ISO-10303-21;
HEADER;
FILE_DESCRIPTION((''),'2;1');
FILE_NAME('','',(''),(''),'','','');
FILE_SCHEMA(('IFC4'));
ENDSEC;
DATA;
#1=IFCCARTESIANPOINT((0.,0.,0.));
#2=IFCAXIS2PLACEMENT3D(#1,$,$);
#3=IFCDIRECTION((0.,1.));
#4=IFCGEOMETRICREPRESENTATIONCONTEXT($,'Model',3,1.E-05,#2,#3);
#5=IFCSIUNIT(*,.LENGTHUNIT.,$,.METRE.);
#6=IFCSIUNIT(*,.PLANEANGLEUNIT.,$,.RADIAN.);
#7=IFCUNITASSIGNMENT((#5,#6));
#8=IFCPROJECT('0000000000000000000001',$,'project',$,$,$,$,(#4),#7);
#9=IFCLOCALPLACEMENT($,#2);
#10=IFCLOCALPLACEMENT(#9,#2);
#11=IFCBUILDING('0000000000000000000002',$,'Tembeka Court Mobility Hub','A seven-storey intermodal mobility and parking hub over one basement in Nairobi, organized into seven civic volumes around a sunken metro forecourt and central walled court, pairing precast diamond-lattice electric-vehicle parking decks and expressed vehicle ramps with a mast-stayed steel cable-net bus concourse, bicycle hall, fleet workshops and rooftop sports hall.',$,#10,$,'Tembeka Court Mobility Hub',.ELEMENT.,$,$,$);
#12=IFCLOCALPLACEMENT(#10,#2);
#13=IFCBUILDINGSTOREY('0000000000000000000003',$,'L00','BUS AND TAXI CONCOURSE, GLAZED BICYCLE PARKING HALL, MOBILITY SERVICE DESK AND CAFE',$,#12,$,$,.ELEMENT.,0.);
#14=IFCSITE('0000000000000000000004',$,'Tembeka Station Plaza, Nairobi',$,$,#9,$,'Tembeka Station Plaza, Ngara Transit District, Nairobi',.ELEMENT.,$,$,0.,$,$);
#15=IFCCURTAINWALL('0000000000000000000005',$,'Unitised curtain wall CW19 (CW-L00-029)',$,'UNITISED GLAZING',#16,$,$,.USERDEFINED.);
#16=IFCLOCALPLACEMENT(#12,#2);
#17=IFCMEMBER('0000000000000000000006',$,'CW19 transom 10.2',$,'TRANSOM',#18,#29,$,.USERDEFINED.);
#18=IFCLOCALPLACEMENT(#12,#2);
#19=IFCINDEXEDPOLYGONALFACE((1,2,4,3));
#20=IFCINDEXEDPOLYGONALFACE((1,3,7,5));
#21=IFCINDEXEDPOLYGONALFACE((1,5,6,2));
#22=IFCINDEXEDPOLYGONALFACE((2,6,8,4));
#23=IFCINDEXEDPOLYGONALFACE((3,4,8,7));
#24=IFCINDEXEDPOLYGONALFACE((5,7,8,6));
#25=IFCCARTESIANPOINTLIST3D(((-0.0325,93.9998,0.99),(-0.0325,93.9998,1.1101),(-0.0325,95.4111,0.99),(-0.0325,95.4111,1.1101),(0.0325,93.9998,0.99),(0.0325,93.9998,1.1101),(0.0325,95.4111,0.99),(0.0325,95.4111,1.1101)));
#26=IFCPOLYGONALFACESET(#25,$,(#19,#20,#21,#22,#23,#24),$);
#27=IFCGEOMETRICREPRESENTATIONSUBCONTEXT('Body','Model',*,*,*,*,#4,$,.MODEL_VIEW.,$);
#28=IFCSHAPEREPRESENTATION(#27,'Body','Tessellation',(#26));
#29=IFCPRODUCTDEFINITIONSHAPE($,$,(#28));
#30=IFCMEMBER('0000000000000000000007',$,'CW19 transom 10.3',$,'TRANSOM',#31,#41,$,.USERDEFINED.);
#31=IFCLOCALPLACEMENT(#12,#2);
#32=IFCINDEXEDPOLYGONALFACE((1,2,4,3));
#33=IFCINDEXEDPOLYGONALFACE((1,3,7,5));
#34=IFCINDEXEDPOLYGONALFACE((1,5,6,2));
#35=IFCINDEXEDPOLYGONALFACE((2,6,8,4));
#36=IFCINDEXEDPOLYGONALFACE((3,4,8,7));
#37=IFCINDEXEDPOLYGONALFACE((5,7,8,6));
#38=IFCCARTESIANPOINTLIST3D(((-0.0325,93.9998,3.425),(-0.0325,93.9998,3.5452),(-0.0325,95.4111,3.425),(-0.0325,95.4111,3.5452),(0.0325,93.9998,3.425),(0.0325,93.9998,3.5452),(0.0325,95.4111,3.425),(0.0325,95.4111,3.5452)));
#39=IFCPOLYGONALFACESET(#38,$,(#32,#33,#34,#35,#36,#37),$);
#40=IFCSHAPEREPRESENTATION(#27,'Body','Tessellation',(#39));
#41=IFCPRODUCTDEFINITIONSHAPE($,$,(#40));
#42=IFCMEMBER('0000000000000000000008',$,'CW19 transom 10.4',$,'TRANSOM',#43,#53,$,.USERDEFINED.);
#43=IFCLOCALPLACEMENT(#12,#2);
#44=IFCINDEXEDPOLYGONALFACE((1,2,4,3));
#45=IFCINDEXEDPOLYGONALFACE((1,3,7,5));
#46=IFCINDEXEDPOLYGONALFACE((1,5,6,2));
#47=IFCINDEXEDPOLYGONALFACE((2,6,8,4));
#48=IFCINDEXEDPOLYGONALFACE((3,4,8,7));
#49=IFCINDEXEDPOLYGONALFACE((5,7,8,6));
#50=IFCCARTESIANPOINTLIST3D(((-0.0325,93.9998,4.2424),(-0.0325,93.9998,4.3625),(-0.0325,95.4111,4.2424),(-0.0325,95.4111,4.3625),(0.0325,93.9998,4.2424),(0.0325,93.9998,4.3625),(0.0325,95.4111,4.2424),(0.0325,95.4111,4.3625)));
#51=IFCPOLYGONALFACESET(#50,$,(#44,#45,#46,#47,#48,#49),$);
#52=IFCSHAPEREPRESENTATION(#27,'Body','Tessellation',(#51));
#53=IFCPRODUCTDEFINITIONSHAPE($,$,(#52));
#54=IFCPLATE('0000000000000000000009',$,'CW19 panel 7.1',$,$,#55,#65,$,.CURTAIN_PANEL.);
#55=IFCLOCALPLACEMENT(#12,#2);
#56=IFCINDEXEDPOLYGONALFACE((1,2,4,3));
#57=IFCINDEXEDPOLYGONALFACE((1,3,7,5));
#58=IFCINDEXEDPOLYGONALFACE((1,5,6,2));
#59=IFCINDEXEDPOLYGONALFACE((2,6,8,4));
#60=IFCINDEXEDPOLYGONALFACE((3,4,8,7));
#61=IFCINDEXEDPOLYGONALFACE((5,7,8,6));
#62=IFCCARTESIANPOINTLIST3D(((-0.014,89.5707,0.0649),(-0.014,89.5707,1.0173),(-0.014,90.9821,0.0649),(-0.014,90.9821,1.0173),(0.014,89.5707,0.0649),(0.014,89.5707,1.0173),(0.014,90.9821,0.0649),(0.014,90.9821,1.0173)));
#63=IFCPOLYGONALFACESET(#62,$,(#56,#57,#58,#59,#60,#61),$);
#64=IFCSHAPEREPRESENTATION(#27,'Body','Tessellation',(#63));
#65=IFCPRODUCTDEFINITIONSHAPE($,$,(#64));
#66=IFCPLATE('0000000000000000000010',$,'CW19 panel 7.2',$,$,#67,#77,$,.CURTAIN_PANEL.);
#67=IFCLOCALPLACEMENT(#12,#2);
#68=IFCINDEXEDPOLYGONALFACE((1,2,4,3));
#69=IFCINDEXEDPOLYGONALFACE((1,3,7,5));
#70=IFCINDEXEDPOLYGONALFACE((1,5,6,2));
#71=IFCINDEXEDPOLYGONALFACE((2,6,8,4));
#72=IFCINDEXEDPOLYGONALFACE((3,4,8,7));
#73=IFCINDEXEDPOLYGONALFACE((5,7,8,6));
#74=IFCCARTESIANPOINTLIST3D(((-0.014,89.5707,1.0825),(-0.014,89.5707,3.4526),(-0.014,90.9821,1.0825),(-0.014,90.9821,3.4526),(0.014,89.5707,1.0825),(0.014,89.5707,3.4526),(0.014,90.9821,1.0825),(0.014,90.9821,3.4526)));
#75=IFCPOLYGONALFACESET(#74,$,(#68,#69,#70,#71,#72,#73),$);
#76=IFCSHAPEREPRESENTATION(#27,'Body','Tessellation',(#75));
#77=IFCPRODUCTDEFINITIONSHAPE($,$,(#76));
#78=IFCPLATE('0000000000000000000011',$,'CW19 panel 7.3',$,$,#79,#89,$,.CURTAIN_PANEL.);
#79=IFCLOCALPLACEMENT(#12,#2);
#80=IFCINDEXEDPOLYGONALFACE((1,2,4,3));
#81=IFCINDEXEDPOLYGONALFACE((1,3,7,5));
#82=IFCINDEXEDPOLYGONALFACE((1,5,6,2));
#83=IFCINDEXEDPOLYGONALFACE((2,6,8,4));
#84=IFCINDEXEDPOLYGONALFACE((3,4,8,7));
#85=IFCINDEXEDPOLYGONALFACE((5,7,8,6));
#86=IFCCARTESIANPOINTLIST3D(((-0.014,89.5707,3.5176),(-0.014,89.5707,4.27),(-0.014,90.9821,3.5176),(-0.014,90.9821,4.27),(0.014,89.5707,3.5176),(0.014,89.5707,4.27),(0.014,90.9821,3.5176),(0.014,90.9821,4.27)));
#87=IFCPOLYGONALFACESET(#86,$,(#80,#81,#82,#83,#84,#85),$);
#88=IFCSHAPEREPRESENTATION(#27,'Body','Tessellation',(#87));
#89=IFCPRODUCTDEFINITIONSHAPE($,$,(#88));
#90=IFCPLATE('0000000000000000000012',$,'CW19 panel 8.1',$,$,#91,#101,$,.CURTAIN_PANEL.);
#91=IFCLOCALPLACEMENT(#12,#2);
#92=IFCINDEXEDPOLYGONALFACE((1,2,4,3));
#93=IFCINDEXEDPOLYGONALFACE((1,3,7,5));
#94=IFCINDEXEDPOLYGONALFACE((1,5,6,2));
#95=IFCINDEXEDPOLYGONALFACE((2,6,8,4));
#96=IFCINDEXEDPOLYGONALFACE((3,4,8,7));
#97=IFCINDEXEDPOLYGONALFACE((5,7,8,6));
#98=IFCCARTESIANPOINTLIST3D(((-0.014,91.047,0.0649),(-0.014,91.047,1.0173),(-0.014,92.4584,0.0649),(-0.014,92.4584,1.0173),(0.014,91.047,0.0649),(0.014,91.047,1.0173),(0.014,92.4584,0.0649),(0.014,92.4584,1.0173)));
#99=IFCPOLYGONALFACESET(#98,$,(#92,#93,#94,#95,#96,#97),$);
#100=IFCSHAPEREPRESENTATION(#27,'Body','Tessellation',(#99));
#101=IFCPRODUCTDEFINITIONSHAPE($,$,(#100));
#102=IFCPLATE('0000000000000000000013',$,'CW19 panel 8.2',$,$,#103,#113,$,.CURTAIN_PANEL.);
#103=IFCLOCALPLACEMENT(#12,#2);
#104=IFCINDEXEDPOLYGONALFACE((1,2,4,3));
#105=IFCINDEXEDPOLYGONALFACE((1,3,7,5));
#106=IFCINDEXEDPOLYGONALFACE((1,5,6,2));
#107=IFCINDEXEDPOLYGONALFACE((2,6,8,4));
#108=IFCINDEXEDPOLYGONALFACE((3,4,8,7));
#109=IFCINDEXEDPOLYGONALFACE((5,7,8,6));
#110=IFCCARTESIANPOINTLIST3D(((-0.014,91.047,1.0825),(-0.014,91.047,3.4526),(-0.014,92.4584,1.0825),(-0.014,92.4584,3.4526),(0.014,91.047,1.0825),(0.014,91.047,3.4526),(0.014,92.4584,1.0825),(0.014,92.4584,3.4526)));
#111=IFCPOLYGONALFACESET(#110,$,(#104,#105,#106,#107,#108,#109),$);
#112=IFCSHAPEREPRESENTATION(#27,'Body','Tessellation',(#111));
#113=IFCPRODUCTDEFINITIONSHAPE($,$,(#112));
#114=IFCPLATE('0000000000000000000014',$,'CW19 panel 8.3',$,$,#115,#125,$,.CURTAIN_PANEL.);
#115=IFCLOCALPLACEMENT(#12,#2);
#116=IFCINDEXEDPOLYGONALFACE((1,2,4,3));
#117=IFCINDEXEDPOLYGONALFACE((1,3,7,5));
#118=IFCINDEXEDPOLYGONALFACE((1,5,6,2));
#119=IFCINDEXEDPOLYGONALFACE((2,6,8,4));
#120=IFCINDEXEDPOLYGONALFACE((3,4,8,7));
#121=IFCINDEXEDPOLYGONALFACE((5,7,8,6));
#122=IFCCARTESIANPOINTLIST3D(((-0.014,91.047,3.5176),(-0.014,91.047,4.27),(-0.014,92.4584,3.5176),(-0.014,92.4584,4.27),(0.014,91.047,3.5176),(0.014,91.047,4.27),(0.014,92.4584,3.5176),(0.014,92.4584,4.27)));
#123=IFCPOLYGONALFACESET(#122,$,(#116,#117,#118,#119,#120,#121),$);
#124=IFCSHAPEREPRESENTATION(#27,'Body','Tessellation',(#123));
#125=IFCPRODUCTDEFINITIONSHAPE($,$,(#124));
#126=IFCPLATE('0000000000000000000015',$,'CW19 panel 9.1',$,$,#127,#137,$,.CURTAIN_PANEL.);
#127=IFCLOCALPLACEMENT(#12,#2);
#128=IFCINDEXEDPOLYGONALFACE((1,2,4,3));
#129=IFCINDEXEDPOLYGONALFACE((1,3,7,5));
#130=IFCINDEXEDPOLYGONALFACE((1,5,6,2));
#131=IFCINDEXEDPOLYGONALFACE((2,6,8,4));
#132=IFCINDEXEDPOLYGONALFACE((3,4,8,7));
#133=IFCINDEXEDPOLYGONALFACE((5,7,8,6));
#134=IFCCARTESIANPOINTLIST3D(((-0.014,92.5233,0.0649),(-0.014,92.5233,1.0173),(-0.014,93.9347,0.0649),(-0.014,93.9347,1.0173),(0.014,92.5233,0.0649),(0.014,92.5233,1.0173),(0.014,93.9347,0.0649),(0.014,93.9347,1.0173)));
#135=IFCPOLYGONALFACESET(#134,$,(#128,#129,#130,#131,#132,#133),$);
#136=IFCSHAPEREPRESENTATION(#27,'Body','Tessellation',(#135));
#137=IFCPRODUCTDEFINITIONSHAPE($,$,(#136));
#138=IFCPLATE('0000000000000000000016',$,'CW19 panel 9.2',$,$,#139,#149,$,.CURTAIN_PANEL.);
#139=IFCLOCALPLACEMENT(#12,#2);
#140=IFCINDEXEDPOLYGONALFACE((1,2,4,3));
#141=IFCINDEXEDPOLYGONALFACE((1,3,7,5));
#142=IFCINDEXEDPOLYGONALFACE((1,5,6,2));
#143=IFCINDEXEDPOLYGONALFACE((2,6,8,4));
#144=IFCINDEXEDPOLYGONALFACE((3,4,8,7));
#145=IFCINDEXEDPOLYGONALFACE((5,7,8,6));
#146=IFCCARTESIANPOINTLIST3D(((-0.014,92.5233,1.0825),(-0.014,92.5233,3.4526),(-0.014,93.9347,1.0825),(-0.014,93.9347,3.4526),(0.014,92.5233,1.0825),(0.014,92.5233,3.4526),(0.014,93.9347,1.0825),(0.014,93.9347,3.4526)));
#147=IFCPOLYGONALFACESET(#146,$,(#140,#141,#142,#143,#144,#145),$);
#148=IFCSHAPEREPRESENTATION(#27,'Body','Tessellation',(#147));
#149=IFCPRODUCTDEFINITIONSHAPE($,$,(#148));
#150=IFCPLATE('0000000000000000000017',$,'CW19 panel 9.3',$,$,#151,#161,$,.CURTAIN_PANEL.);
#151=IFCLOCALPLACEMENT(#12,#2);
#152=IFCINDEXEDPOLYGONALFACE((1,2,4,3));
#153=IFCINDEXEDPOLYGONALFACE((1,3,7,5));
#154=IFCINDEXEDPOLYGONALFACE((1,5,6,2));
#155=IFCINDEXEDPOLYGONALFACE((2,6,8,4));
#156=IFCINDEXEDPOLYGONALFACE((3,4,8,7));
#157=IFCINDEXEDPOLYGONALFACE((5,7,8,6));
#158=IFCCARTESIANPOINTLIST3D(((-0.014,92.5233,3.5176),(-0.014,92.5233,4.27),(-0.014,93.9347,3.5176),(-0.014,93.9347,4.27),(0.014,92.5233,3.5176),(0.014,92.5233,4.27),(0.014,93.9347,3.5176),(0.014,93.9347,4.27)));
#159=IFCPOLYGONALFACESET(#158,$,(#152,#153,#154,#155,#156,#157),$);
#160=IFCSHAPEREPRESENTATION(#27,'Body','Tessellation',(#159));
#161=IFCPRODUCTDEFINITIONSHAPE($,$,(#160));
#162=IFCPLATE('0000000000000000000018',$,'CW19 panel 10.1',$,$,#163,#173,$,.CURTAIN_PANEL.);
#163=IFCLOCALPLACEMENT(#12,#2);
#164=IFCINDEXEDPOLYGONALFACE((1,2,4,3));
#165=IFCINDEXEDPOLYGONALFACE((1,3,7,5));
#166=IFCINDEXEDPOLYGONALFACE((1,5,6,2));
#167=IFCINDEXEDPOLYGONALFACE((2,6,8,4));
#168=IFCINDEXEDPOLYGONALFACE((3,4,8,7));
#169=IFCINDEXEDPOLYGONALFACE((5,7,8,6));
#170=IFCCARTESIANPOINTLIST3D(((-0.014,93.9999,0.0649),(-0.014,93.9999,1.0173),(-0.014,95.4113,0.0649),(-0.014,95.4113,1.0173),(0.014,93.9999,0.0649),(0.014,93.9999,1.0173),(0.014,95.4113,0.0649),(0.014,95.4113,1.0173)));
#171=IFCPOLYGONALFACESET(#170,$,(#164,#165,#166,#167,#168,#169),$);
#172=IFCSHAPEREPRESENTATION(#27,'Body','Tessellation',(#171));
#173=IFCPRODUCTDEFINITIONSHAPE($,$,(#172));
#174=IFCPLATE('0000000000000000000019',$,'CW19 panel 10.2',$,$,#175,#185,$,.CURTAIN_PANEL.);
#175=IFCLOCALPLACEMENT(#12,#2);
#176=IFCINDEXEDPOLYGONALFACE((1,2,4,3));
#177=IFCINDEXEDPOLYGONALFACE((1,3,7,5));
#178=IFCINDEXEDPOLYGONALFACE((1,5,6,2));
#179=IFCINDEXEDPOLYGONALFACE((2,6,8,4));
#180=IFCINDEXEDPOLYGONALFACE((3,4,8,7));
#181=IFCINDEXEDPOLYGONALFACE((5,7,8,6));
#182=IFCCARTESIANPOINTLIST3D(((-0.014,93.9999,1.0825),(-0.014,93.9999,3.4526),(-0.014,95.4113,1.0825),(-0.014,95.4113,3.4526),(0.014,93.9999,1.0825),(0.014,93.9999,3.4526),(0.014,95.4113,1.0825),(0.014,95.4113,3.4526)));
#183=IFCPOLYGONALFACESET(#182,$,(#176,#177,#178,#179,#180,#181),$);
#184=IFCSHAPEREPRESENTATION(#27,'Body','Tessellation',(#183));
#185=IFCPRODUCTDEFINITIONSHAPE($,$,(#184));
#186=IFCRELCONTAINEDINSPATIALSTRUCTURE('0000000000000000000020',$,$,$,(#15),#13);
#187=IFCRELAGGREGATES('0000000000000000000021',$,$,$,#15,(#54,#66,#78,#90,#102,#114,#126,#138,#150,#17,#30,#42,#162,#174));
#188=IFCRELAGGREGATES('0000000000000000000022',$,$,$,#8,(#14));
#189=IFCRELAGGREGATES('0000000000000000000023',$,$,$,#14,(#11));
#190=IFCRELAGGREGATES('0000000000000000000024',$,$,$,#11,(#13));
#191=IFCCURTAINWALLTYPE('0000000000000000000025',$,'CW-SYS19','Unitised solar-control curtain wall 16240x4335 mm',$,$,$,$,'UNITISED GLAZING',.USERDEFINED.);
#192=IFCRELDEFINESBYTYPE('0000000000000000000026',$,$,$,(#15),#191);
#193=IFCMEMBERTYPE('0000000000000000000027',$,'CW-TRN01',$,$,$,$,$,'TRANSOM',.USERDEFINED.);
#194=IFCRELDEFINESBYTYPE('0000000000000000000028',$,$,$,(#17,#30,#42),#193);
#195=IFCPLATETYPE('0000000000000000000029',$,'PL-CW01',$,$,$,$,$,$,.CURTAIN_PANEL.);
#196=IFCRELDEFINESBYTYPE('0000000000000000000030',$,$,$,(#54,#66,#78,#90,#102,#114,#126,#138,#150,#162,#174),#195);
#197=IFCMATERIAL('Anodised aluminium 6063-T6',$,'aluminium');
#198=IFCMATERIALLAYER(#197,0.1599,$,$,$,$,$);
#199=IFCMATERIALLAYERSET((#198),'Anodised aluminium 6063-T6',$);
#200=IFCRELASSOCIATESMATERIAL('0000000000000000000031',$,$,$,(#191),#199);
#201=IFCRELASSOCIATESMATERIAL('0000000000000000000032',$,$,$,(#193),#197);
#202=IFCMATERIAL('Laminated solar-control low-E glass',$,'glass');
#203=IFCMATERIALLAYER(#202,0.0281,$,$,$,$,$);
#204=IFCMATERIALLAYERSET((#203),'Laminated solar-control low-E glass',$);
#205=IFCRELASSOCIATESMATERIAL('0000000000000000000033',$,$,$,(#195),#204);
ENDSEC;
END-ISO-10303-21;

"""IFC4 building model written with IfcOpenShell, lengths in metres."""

from ifc_helpers import new_model, si_unit, direction, frame, origin, origin_2d, place, context, subcontext, project, spatial, rectangle, extrude, material, layer, layer_set, material_profile, profile_set, type_object, element, aggregate, save


model = new_model("IFC4")

# Units and contexts
model_context = context("Model", 3, precision=1e-05, world=origin(), true_north=direction((0.0, 1.0)))
body_context = subcontext(model_context, "Body", "Model", "MODEL_VIEW")
ifc_project = project(units=[si_unit("LENGTHUNIT", "METRE"), si_unit("PLANEANGLEUNIT", "RADIAN")], contexts=[model_context])

# Site, building, storey
site_placement = place(None, origin())
site = spatial("IfcSite", under=ifc_project, at=site_placement, Name="Tembeka Station Plaza, Nairobi", LongName="Tembeka Station Plaza, Ngara Transit District, Nairobi", CompositionType="ELEMENT", RefElevation=0.0)
building_placement = place(site_placement, origin())
building = spatial("IfcBuilding", under=site, at=building_placement, Name="Tembeka Court Mobility Hub", Description="A seven-storey intermodal mobility and parking hub over one basement in Nairobi, organized into seven civic volumes around a sunken metro forecourt and central walled court, pairing precast diamond-lattice electric-vehicle parking decks and expressed vehicle ramps with a mast-stayed steel cable-net bus concourse, bicycle hall, fleet workshops and rooftop sports hall.", LongName="Tembeka Court Mobility Hub", CompositionType="ELEMENT")
storey_placement = place(building_placement, origin())
storey = spatial("IfcBuildingStorey", under=building, at=storey_placement, Name="L00", Description="BUS AND TAXI CONCOURSE, GLAZED BICYCLE PARKING HALL, MOBILITY SERVICE DESK AND CAFE", CompositionType="ELEMENT", Elevation=0.0)

# Curtain wall, members, plates
ifc_material_1 = material(Name="Anodised aluminium 6063-T6", Category="aluminium")
ifc_layer_1 = layer(ifc_material_1, 0.1599)
ifc_layer_set_1 = layer_set([ifc_layer_1], Name="Anodised aluminium 6063-T6")
curtain_wall_type = type_object("IfcCurtainWallType", Name="CW-SYS19", Description="Unitised solar-control curtain wall 16240x4335 mm", ElementType="UNITISED GLAZING", PredefinedType="USERDEFINED", material=ifc_layer_set_1)
curtain_wall_placement = place(storey_placement, origin())
curtain_wall = element("IfcCurtainWall", 1, at=curtain_wall_placement, inside=storey, type_object=curtain_wall_type, Name="Unitised curtain wall CW19 (CW-L00-029)", ObjectType="UNITISED GLAZING", PredefinedType="USERDEFINED")
ifc_material_profile_1 = material_profile(ifc_material_1, rectangle(XDim=0.0649, YDim=0.1201, at=origin_2d()), Name="ALU-TRN 65x120")
ifc_profile_set_1 = profile_set([ifc_material_profile_1], Name="Anodised aluminium 6063-T6")
member_type_1 = type_object("IfcMemberType", Name="CW-TRN01", ElementType="TRANSOM", PredefinedType="USERDEFINED", material=ifc_profile_set_1)
member_1_placement = place(storey_placement, frame((0.0, 93.9998, 1.05), z_axis=(0.0, 1.0, 0.0), x_axis=(-1.0, 0.0, 0.0)))
member_1 = element("IfcMember", 2, at=member_1_placement, type_object=member_type_1, Name="CW19 transom 10.2", ObjectType="TRANSOM", PredefinedType="USERDEFINED", context=body_context, shape_type="SweptSolid", body=[
    extrude(rectangle(XDim=0.0649, YDim=0.1201, at=origin_2d()), origin(), (0.0, 0.0, 1.0), 1.4114),
])
member_2_placement = place(storey_placement, frame((0.0, 93.9998, 3.4851), z_axis=(0.0, 1.0, 0.0), x_axis=(-1.0, 0.0, 0.0)))
member_2 = element("IfcMember", 3, at=member_2_placement, type_object=member_type_1, Name="CW19 transom 10.3", ObjectType="TRANSOM", PredefinedType="USERDEFINED", context=body_context, shape_type="SweptSolid", body=[
    extrude(rectangle(XDim=0.0649, YDim=0.1201, at=origin_2d()), origin(), (0.0, 0.0, 1.0), 1.4114),
])
member_3_placement = place(storey_placement, frame((0.0, 93.9998, 4.3025), z_axis=(0.0, 1.0, 0.0), x_axis=(-1.0, 0.0, 0.0)))
member_3 = element("IfcMember", 4, at=member_3_placement, type_object=member_type_1, Name="CW19 transom 10.4", ObjectType="TRANSOM", PredefinedType="USERDEFINED", context=body_context, shape_type="SweptSolid", body=[
    extrude(rectangle(XDim=0.0649, YDim=0.1201, at=origin_2d()), origin(), (0.0, 0.0, 1.0), 1.4114),
])
ifc_material_2 = material(Name="Laminated solar-control low-E glass", Category="glass")
ifc_layer_2 = layer(ifc_material_2, 0.0281)
ifc_layer_set_2 = layer_set([ifc_layer_2], Name="Laminated solar-control low-E glass")
plate_type = type_object("IfcPlateType", Name="PL-CW01", PredefinedType="CURTAIN_PANEL", material=ifc_layer_set_2)
plate_1_placement = place(storey_placement, frame((0.0, 90.2764, 0.0649), z_axis=(0.0, 0.0, 1.0), x_axis=(0.0, 1.0, 0.0)))
plate_1 = element("IfcPlate", 5, at=plate_1_placement, type_object=plate_type, Name="CW19 panel 7.1", PredefinedType="CURTAIN_PANEL", context=body_context, shape_type="SweptSolid", body=[
    extrude(rectangle(XDim=1.4114, YDim=0.0281, at=origin_2d()), origin(), (0.0, 0.0, 1.0), 0.9524),
])
plate_2_placement = place(storey_placement, frame((0.0, 90.2764, 1.0825), z_axis=(0.0, 0.0, 1.0), x_axis=(0.0, 1.0, 0.0)))
plate_2 = element("IfcPlate", 6, at=plate_2_placement, type_object=plate_type, Name="CW19 panel 7.2", PredefinedType="CURTAIN_PANEL", context=body_context, shape_type="SweptSolid", body=[
    extrude(rectangle(XDim=1.4114, YDim=0.0281, at=origin_2d()), origin(), (0.0, 0.0, 1.0), 2.3701),
])
plate_3_placement = place(storey_placement, frame((0.0, 90.2764, 3.5176), z_axis=(0.0, 0.0, 1.0), x_axis=(0.0, 1.0, 0.0)))
plate_3 = element("IfcPlate", 7, at=plate_3_placement, type_object=plate_type, Name="CW19 panel 7.3", PredefinedType="CURTAIN_PANEL", context=body_context, shape_type="SweptSolid", body=[
    extrude(rectangle(XDim=1.4114, YDim=0.0281, at=origin_2d()), origin(), (0.0, 0.0, 1.0), 0.7524),
])
plate_4_placement = place(storey_placement, frame((0.0, 91.7527, 0.0649), z_axis=(0.0, 0.0, 1.0), x_axis=(0.0, 1.0, 0.0)))
plate_4 = element("IfcPlate", 8, at=plate_4_placement, type_object=plate_type, Name="CW19 panel 8.1", PredefinedType="CURTAIN_PANEL", context=body_context, shape_type="SweptSolid", body=[
    extrude(rectangle(XDim=1.4114, YDim=0.0281, at=origin_2d()), origin(), (0.0, 0.0, 1.0), 0.9524),
])
plate_5_placement = place(storey_placement, frame((0.0, 91.7527, 1.0825), z_axis=(0.0, 0.0, 1.0), x_axis=(0.0, 1.0, 0.0)))
plate_5 = element("IfcPlate", 9, at=plate_5_placement, type_object=plate_type, Name="CW19 panel 8.2", PredefinedType="CURTAIN_PANEL", context=body_context, shape_type="SweptSolid", body=[
    extrude(rectangle(XDim=1.4114, YDim=0.0281, at=origin_2d()), origin(), (0.0, 0.0, 1.0), 2.3701),
])
plate_6_placement = place(storey_placement, frame((0.0, 91.7527, 3.5176), z_axis=(0.0, 0.0, 1.0), x_axis=(0.0, 1.0, 0.0)))
plate_6 = element("IfcPlate", 10, at=plate_6_placement, type_object=plate_type, Name="CW19 panel 8.3", PredefinedType="CURTAIN_PANEL", context=body_context, shape_type="SweptSolid", body=[
    extrude(rectangle(XDim=1.4114, YDim=0.0281, at=origin_2d()), origin(), (0.0, 0.0, 1.0), 0.7524),
])
plate_7_placement = place(storey_placement, frame((0.0, 93.229, 0.0649), z_axis=(0.0, 0.0, 1.0), x_axis=(0.0, 1.0, 0.0)))
plate_7 = element("IfcPlate", 11, at=plate_7_placement, type_object=plate_type, Name="CW19 panel 9.1", PredefinedType="CURTAIN_PANEL", context=body_context, shape_type="SweptSolid", body=[
    extrude(rectangle(XDim=1.4114, YDim=0.0281, at=origin_2d()), origin(), (0.0, 0.0, 1.0), 0.9524),
])
plate_8_placement = place(storey_placement, frame((0.0, 93.229, 1.0825), z_axis=(0.0, 0.0, 1.0), x_axis=(0.0, 1.0, 0.0)))
plate_8 = element("IfcPlate", 12, at=plate_8_placement, type_object=plate_type, Name="CW19 panel 9.2", PredefinedType="CURTAIN_PANEL", context=body_context, shape_type="SweptSolid", body=[
    extrude(rectangle(XDim=1.4114, YDim=0.0281, at=origin_2d()), origin(), (0.0, 0.0, 1.0), 2.3701),
])
plate_9_placement = place(storey_placement, frame((0.0, 93.229, 3.5176), z_axis=(0.0, 0.0, 1.0), x_axis=(0.0, 1.0, 0.0)))
plate_9 = element("IfcPlate", 13, at=plate_9_placement, type_object=plate_type, Name="CW19 panel 9.3", PredefinedType="CURTAIN_PANEL", context=body_context, shape_type="SweptSolid", body=[
    extrude(rectangle(XDim=1.4114, YDim=0.0281, at=origin_2d()), origin(), (0.0, 0.0, 1.0), 0.7524),
])
plate_10_placement = place(storey_placement, frame((0.0, 94.7056, 0.0649), z_axis=(0.0, 0.0, 1.0), x_axis=(0.0, 1.0, 0.0)))
plate_10 = element("IfcPlate", 14, at=plate_10_placement, type_object=plate_type, Name="CW19 panel 10.1", PredefinedType="CURTAIN_PANEL", context=body_context, shape_type="SweptSolid", body=[
    extrude(rectangle(XDim=1.4114, YDim=0.0281, at=origin_2d()), origin(), (0.0, 0.0, 1.0), 0.9524),
])
plate_11_placement = place(storey_placement, frame((0.0, 94.7056, 1.0825), z_axis=(0.0, 0.0, 1.0), x_axis=(0.0, 1.0, 0.0)))
plate_11 = element("IfcPlate", 15, at=plate_11_placement, type_object=plate_type, Name="CW19 panel 10.2", PredefinedType="CURTAIN_PANEL", context=body_context, shape_type="SweptSolid", body=[
    extrude(rectangle(XDim=1.4114, YDim=0.0281, at=origin_2d()), origin(), (0.0, 0.0, 1.0), 2.3701),
])
aggregate(curtain_wall, [plate_1, plate_2, plate_3, plate_4, plate_5, plate_6, plate_7, plate_8, plate_9, member_1, member_2, member_3, plate_10, plate_11])

save(model, "model.ifc")
